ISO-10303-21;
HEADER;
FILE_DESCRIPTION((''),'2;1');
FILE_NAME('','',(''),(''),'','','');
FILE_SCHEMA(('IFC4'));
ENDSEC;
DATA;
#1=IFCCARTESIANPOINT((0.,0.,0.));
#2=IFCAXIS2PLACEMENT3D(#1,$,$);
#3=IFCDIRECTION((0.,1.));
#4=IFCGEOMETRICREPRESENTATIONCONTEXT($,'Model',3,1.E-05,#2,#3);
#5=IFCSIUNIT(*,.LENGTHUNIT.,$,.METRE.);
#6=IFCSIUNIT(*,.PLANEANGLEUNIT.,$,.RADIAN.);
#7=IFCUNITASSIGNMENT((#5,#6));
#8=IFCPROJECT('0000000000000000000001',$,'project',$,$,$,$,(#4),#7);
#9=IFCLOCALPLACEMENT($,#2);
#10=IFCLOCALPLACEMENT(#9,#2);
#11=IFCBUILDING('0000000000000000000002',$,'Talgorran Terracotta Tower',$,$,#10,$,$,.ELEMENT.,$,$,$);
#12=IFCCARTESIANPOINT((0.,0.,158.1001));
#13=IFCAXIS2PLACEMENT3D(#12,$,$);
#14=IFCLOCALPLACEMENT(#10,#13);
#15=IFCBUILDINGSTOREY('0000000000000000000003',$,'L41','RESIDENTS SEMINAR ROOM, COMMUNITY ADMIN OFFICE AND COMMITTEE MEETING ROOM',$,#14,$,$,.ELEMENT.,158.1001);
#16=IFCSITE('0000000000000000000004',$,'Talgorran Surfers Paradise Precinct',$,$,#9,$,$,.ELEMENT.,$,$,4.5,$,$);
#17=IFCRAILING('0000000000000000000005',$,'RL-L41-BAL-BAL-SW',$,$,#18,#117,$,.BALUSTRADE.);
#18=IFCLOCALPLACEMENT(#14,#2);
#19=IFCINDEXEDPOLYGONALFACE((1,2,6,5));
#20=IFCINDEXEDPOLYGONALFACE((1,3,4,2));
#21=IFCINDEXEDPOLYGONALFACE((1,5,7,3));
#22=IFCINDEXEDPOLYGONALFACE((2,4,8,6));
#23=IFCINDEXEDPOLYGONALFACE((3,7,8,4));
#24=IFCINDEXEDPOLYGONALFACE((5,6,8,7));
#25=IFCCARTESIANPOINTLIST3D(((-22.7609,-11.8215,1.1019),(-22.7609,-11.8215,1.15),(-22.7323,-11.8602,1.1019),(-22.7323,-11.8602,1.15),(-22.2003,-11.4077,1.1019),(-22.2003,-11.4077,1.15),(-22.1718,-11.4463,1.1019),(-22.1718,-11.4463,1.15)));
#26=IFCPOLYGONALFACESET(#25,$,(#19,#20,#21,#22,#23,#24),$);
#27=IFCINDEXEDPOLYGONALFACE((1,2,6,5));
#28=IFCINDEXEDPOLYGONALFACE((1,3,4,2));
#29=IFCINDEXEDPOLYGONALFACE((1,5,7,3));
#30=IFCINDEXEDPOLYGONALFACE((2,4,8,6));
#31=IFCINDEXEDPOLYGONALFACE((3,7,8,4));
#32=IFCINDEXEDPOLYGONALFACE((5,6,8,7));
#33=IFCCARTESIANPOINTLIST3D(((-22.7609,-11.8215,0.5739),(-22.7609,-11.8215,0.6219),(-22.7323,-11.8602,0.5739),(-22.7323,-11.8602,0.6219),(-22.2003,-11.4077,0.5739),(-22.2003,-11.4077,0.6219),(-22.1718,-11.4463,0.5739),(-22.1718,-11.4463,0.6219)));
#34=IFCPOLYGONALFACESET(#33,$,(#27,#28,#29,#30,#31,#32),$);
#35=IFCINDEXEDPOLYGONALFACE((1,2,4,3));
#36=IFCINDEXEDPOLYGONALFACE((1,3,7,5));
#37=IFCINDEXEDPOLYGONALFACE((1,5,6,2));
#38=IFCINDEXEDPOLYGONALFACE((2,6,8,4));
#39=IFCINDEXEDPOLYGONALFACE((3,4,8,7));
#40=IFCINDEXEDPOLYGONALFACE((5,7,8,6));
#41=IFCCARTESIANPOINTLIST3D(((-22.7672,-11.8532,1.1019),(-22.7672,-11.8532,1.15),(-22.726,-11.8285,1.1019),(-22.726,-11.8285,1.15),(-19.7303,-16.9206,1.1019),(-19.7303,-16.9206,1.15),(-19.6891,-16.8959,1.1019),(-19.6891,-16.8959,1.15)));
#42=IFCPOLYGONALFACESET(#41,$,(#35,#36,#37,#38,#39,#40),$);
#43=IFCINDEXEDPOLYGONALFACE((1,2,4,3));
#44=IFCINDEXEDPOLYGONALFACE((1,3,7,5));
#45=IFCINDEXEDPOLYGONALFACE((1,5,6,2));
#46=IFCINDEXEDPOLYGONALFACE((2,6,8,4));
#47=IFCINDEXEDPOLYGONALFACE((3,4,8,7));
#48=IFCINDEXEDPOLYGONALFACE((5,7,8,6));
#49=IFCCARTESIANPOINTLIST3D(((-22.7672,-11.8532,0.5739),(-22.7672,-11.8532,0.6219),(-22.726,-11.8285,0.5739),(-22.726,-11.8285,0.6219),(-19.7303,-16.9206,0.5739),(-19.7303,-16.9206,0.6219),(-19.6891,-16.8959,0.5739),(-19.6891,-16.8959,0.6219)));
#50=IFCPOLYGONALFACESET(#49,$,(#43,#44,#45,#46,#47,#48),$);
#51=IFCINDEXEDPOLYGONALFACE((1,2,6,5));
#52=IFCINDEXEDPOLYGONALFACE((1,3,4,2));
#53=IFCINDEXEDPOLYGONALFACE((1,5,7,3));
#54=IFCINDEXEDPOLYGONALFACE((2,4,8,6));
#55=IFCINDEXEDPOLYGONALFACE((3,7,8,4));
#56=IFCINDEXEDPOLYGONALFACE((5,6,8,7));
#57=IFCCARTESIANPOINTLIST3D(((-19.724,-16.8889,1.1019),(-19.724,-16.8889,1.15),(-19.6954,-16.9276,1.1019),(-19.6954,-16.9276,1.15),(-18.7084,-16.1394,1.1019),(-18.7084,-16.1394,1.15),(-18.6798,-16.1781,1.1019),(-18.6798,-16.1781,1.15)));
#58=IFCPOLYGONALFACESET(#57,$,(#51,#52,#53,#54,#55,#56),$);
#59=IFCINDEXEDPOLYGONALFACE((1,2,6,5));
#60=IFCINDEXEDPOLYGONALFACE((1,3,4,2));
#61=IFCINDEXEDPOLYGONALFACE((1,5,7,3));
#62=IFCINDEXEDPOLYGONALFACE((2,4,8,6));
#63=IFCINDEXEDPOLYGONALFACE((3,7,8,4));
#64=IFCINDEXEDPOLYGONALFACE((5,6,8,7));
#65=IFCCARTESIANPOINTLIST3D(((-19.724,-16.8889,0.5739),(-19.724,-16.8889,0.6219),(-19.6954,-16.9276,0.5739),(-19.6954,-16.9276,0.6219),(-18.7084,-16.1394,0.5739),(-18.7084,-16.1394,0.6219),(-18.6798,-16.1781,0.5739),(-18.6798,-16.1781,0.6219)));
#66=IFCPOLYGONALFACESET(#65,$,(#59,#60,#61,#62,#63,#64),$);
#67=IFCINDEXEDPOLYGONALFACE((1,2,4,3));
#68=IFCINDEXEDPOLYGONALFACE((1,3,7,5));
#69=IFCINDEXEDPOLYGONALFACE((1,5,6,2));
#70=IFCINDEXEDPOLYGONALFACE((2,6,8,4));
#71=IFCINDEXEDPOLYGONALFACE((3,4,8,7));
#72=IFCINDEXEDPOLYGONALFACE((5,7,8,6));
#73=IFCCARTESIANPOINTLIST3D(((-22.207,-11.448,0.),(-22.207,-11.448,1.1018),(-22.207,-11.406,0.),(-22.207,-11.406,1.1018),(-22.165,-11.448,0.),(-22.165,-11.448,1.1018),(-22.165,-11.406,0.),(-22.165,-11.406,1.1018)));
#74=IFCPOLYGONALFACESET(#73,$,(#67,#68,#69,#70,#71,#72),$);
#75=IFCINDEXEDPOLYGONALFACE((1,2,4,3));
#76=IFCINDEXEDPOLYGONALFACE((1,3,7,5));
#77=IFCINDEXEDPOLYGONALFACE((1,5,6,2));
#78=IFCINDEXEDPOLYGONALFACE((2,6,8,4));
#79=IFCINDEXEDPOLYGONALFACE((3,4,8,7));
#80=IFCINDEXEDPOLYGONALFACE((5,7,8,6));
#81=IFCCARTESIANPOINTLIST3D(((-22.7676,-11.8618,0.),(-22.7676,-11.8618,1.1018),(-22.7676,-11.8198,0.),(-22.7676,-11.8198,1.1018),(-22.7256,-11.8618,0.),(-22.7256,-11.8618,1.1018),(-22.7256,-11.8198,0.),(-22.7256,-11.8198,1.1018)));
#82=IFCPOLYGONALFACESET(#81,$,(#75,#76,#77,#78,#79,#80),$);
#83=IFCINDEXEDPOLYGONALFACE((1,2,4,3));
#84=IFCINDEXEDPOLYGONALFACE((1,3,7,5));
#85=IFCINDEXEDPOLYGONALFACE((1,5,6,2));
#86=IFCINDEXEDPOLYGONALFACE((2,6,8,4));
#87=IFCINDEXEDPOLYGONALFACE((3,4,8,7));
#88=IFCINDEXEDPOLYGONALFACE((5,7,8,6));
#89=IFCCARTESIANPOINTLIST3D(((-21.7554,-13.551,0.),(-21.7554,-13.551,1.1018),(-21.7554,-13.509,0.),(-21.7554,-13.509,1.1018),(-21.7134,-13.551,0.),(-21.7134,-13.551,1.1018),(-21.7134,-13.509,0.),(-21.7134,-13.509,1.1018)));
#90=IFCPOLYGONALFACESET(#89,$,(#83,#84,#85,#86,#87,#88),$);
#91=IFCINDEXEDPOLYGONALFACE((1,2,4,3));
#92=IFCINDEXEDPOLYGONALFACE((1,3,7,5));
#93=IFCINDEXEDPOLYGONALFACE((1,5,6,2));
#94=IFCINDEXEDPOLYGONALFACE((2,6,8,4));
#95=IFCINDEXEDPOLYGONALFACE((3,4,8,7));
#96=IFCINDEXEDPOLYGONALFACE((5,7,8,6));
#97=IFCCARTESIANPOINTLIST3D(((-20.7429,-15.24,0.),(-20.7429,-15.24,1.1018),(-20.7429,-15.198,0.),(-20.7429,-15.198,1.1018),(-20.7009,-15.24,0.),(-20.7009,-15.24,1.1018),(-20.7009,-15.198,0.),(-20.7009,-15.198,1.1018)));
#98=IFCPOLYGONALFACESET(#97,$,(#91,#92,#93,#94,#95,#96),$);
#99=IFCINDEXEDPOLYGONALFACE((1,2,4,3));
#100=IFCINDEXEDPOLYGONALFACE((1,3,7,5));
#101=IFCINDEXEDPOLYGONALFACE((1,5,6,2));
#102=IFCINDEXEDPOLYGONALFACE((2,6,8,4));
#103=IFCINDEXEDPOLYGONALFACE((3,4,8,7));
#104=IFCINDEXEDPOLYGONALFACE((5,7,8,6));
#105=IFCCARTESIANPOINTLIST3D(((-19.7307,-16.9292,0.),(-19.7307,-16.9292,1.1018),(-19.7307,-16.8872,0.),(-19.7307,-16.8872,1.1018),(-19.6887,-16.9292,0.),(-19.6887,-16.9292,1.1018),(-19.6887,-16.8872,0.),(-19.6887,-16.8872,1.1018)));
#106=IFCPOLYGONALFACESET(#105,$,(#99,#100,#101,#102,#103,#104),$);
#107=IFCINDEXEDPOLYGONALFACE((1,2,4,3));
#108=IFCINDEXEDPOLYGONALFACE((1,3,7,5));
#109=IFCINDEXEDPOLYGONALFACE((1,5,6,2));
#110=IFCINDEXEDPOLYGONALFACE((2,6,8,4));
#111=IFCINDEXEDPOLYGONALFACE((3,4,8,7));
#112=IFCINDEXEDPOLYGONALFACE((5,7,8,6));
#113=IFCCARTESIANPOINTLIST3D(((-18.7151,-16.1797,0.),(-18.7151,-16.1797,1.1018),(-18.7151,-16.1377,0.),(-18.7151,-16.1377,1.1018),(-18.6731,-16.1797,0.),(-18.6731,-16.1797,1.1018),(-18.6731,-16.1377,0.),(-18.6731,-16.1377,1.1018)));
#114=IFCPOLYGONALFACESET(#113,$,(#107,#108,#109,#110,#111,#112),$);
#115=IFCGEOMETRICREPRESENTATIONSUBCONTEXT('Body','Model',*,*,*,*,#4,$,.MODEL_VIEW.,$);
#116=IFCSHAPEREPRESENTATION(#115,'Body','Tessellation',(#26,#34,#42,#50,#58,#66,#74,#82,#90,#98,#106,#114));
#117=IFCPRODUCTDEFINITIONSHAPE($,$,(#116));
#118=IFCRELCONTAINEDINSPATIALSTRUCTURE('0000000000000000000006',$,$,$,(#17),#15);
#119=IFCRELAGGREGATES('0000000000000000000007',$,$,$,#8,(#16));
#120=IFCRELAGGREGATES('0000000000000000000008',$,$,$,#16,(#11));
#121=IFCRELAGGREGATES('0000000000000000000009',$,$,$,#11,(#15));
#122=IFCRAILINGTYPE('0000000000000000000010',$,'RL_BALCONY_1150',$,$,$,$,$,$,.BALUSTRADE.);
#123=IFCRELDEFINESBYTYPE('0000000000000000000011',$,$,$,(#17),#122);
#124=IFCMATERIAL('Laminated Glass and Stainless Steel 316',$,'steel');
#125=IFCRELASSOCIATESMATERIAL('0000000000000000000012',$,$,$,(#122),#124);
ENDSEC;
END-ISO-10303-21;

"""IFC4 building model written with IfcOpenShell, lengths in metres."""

from ifc_helpers import new_model, si_unit, direction, frame, origin, origin_2d, place, context, subcontext, project, spatial, rectangle, extrude, material, type_object, element, save


model = new_model("IFC4")

# Units and contexts
model_context = context("Model", 3, precision=1e-05, world=origin(), true_north=direction((0.0, 1.0)))
body_context = subcontext(model_context, "Body", "Model", "MODEL_VIEW")
ifc_project = project(units=[si_unit("LENGTHUNIT", "METRE"), si_unit("PLANEANGLEUNIT", "RADIAN")], contexts=[model_context])

# Site, building, storey
site_placement = place(None, origin())
site = spatial("IfcSite", under=ifc_project, at=site_placement, Name="Talgorran Surfers Paradise Precinct", CompositionType="ELEMENT", RefElevation=4.5)
building_placement = place(site_placement, origin())
building = spatial("IfcBuilding", under=site, at=building_placement, Name="Talgorran Terracotta Tower", CompositionType="ELEMENT")
storey_placement = place(building_placement, frame((0.0, 0.0, 158.1001)))
storey = spatial("IfcBuildingStorey", under=building, at=storey_placement, Name="L41", Description="RESIDENTS SEMINAR ROOM, COMMUNITY ADMIN OFFICE AND COMMITTEE MEETING ROOM", CompositionType="ELEMENT", Elevation=158.1001)

# Railing
ifc_material_1 = material(Name="Laminated Glass and Stainless Steel 316", Category="steel")
railing_type = type_object("IfcRailingType", Name="RL_BALCONY_1150", PredefinedType="BALUSTRADE", material=ifc_material_1)
railing_placement = place(storey_placement, frame((-22.186, -11.427, 0.0)))
element("IfcRailing", 1, at=railing_placement, inside=storey, type_object=railing_type, Name="RL-L41-BAL-BAL-SW", PredefinedType="BALUSTRADE", context=body_context, shape_type="SweptSolid", body=[
    extrude(rectangle(XDim=0.0481, YDim=0.0481, at=origin_2d()), frame((0.0, 0.0, 1.126), z_axis=(-0.804518, -0.593928, 0.0), x_axis=(0.593928, -0.804518, 0.0)), (0.0, 0.0, 1.0), 0.6968),
    extrude(rectangle(XDim=0.0481, YDim=0.0481, at=origin_2d()), frame((0.0, 0.0, 0.5979), z_axis=(-0.804518, -0.593928, 0.0), x_axis=(0.593928, -0.804518, 0.0)), (0.0, 0.0, 1.0), 0.6968),
    extrude(rectangle(XDim=0.0481, YDim=0.0481, at=origin_2d()), frame((-0.5605, -0.4138, 1.126), z_axis=(0.514052, -0.857759, 0.0), x_axis=(0.857759, 0.514052, 0.0)), (0.0, 0.0, 1.0), 5.9077),
    extrude(rectangle(XDim=0.0481, YDim=0.0481, at=origin_2d()), frame((-0.5605, -0.4138, 0.5979), z_axis=(0.514052, -0.857759, 0.0), x_axis=(0.857759, 0.514052, 0.0)), (0.0, 0.0, 1.0), 5.9077),
    extrude(rectangle(XDim=0.0481, YDim=0.0481, at=origin_2d()), frame((2.4763, -5.4812, 1.126), z_axis=(0.804618, 0.593793, 0.0), x_axis=(-0.593793, 0.804618, 0.0)), (0.0, 0.0, 1.0), 1.2622),
    extrude(rectangle(XDim=0.0481, YDim=0.0481, at=origin_2d()), frame((2.4763, -5.4812, 0.5979), z_axis=(0.804618, 0.593793, 0.0), x_axis=(-0.593793, 0.804618, 0.0)), (0.0, 0.0, 1.0), 1.2622),
    extrude(rectangle(XDim=0.042, YDim=0.042, at=origin_2d()), origin(), (0.0, 0.0, 1.0), 1.1018),
    extrude(rectangle(XDim=0.042, YDim=0.042, at=origin_2d()), frame((-0.5605, -0.4138, 0.0)), (0.0, 0.0, 1.0), 1.1018),
    extrude(rectangle(XDim=0.042, YDim=0.042, at=origin_2d()), frame((0.4517, -2.103, 0.0)), (0.0, 0.0, 1.0), 1.1018),
    extrude(rectangle(XDim=0.042, YDim=0.042, at=origin_2d()), frame((1.4641, -3.792, 0.0)), (0.0, 0.0, 1.0), 1.1018),
    extrude(rectangle(XDim=0.042, YDim=0.042, at=origin_2d()), frame((2.4763, -5.4812, 0.0)), (0.0, 0.0, 1.0), 1.1018),
    extrude(rectangle(XDim=0.042, YDim=0.042, at=origin_2d()), frame((3.4919, -4.7317, 0.0)), (0.0, 0.0, 1.0), 1.1018),
])

save(model, "model.ifc")
